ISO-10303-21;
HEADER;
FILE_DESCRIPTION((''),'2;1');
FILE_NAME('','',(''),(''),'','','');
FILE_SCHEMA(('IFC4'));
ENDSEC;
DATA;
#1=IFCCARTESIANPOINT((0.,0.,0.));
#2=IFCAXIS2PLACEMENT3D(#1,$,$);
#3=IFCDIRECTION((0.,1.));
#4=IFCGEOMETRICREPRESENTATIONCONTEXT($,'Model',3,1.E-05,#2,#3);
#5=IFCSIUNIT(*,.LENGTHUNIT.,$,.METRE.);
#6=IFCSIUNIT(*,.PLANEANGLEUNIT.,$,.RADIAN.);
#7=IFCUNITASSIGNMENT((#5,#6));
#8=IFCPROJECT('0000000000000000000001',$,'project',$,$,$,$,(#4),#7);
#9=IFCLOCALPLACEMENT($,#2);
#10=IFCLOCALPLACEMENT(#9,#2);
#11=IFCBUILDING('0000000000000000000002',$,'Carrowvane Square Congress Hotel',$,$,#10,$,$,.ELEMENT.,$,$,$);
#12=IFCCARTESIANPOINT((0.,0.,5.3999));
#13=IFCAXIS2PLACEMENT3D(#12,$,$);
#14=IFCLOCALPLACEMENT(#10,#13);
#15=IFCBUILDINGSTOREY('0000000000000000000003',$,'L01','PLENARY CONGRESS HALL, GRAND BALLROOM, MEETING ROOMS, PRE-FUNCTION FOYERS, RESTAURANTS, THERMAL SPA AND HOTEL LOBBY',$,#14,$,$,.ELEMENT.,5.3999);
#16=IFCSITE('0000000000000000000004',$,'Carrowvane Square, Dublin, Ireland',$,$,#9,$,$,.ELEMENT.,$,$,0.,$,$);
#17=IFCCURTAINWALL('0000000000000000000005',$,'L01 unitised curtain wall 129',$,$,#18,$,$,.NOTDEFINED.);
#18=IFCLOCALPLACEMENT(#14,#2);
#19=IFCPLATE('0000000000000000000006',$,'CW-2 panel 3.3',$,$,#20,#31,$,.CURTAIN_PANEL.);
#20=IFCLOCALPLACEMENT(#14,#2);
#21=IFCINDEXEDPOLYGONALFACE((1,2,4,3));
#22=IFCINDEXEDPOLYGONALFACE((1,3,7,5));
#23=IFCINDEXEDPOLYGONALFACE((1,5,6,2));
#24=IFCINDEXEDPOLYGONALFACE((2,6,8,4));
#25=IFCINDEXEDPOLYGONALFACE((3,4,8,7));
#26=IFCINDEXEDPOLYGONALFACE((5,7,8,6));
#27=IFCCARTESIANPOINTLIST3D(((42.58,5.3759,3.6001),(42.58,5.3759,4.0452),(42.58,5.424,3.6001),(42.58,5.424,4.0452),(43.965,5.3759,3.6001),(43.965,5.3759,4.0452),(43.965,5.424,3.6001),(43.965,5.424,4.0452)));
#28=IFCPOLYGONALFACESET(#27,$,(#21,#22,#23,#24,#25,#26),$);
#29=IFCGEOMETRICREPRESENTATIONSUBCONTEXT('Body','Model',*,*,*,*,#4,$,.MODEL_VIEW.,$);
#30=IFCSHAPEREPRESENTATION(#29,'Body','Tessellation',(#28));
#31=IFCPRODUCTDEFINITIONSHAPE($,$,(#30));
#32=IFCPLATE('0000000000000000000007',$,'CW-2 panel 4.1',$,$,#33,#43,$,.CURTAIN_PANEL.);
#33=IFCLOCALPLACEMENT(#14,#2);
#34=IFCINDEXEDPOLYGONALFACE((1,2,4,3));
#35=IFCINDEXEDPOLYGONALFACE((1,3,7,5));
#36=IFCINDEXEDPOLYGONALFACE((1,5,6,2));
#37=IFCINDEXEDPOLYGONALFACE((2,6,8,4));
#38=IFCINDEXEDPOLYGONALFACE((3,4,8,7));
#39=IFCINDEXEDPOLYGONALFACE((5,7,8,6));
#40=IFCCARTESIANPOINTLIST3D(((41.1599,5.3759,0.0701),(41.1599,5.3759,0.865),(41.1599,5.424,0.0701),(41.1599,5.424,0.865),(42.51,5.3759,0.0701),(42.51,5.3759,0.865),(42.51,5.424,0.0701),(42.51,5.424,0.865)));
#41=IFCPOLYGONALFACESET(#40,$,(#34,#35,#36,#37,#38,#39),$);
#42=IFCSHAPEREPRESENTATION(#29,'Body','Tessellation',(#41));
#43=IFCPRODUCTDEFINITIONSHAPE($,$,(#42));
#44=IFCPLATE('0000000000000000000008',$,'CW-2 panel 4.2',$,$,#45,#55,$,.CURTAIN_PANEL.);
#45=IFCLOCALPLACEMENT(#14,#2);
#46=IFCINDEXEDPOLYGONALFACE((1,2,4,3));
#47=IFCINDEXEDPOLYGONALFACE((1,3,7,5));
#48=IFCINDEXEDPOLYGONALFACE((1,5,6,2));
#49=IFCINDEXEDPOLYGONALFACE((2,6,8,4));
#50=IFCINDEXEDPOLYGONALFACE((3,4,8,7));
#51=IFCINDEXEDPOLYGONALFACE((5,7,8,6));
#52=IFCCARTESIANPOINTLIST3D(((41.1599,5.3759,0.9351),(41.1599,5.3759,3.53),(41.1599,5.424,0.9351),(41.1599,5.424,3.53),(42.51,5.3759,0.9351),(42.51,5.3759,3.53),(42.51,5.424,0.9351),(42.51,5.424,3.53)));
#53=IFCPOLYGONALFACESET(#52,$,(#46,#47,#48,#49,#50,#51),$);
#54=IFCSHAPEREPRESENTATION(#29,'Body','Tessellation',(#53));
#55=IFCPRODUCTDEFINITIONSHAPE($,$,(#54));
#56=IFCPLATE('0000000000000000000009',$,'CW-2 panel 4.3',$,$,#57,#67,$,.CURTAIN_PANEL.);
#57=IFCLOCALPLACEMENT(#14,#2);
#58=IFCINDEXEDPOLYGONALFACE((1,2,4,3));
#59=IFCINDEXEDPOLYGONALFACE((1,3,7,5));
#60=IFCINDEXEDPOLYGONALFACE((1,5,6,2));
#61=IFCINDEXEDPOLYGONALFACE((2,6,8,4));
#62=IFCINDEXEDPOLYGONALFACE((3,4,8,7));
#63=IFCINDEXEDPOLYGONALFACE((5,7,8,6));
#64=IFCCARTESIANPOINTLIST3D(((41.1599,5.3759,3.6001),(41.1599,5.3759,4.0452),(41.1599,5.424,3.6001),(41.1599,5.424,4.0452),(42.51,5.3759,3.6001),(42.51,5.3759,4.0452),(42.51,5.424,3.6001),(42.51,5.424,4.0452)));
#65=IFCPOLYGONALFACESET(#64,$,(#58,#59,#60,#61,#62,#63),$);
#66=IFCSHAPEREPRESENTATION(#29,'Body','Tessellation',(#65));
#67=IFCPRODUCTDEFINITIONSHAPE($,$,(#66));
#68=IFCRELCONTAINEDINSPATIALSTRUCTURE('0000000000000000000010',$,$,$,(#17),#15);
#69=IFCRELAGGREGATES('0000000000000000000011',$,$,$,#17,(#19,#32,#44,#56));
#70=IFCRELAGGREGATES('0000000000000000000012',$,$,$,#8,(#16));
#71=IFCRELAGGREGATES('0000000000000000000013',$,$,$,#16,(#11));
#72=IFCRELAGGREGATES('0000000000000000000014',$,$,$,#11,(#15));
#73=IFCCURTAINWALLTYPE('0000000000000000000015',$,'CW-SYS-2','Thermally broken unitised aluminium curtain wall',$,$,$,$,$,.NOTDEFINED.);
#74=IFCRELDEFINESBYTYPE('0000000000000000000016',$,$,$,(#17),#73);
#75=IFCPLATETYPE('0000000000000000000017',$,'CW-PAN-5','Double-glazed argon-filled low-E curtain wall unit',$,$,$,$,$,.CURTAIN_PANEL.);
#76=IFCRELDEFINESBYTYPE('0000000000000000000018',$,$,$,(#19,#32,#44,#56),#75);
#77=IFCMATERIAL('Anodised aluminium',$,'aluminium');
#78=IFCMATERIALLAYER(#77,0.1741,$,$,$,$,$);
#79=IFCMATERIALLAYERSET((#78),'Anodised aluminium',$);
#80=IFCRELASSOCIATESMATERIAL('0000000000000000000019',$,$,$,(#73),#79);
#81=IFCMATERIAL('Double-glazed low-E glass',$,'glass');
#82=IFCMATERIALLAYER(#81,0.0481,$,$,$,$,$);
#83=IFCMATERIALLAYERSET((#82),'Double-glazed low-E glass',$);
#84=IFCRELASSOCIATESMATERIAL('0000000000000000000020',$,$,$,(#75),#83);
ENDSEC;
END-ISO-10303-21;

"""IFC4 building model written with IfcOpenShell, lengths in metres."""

from ifc_helpers import new_model, si_unit, direction, frame, origin, origin_2d, place, context, subcontext, project, spatial, rectangle, extrude, material, layer, layer_set, type_object, element, aggregate, save


model = new_model("IFC4")

# Units and contexts
model_context = context("Model", 3, precision=1e-05, world=origin(), true_north=direction((0.0, 1.0)))
body_context = subcontext(model_context, "Body", "Model", "MODEL_VIEW")
ifc_project = project(units=[si_unit("LENGTHUNIT", "METRE"), si_unit("PLANEANGLEUNIT", "RADIAN")], contexts=[model_context])

# Site, building, storey
site_placement = place(None, origin())
site = spatial("IfcSite", under=ifc_project, at=site_placement, Name="Carrowvane Square, Dublin, Ireland", CompositionType="ELEMENT", RefElevation=0.0)
building_placement = place(site_placement, origin())
building = spatial("IfcBuilding", under=site, at=building_placement, Name="Carrowvane Square Congress Hotel", CompositionType="ELEMENT")
storey_placement = place(building_placement, frame((0.0, 0.0, 5.3999)))
storey = spatial("IfcBuildingStorey", under=building, at=storey_placement, Name="L01", Description="PLENARY CONGRESS HALL, GRAND BALLROOM, MEETING ROOMS, PRE-FUNCTION FOYERS, RESTAURANTS, THERMAL SPA AND HOTEL LOBBY", CompositionType="ELEMENT", Elevation=5.3999)

# Curtain wall
ifc_material_1 = material(Name="Anodised aluminium", Category="aluminium")
ifc_layer_1 = layer(ifc_material_1, 0.1741)
ifc_layer_set_1 = layer_set([ifc_layer_1], Name="Anodised aluminium")
curtain_wall_type_1 = type_object("IfcCurtainWallType", Name="CW-SYS-2", Description="Thermally broken unitised aluminium curtain wall", PredefinedType="NOTDEFINED", material=ifc_layer_set_1)
curtain_wall_1_placement = place(storey_placement, origin())
curtain_wall_1 = element("IfcCurtainWall", 1, at=curtain_wall_1_placement, inside=storey, type_object=curtain_wall_type_1, Name="L01 unitised curtain wall 129", PredefinedType="NOTDEFINED")

# Plates
ifc_material_2 = material(Name="Double-glazed low-E glass", Category="glass")
ifc_layer_2 = layer(ifc_material_2, 0.0481)
ifc_layer_set_2 = layer_set([ifc_layer_2], Name="Double-glazed low-E glass")
plate_type_1 = type_object("IfcPlateType", Name="CW-PAN-5", Description="Double-glazed argon-filled low-E curtain wall unit", PredefinedType="CURTAIN_PANEL", material=ifc_layer_set_2)
plate_1_placement = place(storey_placement, frame((43.2725, 5.3999, 3.6001), z_axis=(0.0, 0.0, 1.0), x_axis=(-1.0, 0.0, 0.0)))
plate_1 = element("IfcPlate", 2, at=plate_1_placement, type_object=plate_type_1, Name="CW-2 panel 3.3", PredefinedType="CURTAIN_PANEL", context=body_context, shape_type="SweptSolid", body=[
    extrude(rectangle(XDim=1.385, YDim=0.0481, at=origin_2d()), origin(), (0.0, 0.0, 1.0), 0.4451),
])
plate_2_placement = place(storey_placement, frame((41.835, 5.3999, 0.0701), z_axis=(0.0, 0.0, 1.0), x_axis=(-1.0, 0.0, 0.0)))
plate_2 = element("IfcPlate", 3, at=plate_2_placement, type_object=plate_type_1, Name="CW-2 panel 4.1", PredefinedType="CURTAIN_PANEL", context=body_context, shape_type="SweptSolid", body=[
    extrude(rectangle(XDim=1.3501, YDim=0.0481, at=origin_2d()), origin(), (0.0, 0.0, 1.0), 0.7949),
])
plate_3_placement = place(storey_placement, frame((41.835, 5.3999, 0.9351), z_axis=(0.0, 0.0, 1.0), x_axis=(-1.0, 0.0, 0.0)))
plate_3 = element("IfcPlate", 4, at=plate_3_placement, type_object=plate_type_1, Name="CW-2 panel 4.2", PredefinedType="CURTAIN_PANEL", context=body_context, shape_type="SweptSolid", body=[
    extrude(rectangle(XDim=1.3501, YDim=0.0481, at=origin_2d()), origin(), (0.0, 0.0, 1.0), 2.595),
])
plate_4_placement = place(storey_placement, frame((41.835, 5.3999, 3.6001), z_axis=(0.0, 0.0, 1.0), x_axis=(-1.0, 0.0, 0.0)))
plate_4 = element("IfcPlate", 5, at=plate_4_placement, type_object=plate_type_1, Name="CW-2 panel 4.3", PredefinedType="CURTAIN_PANEL", context=body_context, shape_type="SweptSolid", body=[
    extrude(rectangle(XDim=1.3501, YDim=0.0481, at=origin_2d()), origin(), (0.0, 0.0, 1.0), 0.4451),
])
aggregate(curtain_wall_1, [plate_1, plate_2, plate_3, plate_4])

save(model, "model.ifc")
